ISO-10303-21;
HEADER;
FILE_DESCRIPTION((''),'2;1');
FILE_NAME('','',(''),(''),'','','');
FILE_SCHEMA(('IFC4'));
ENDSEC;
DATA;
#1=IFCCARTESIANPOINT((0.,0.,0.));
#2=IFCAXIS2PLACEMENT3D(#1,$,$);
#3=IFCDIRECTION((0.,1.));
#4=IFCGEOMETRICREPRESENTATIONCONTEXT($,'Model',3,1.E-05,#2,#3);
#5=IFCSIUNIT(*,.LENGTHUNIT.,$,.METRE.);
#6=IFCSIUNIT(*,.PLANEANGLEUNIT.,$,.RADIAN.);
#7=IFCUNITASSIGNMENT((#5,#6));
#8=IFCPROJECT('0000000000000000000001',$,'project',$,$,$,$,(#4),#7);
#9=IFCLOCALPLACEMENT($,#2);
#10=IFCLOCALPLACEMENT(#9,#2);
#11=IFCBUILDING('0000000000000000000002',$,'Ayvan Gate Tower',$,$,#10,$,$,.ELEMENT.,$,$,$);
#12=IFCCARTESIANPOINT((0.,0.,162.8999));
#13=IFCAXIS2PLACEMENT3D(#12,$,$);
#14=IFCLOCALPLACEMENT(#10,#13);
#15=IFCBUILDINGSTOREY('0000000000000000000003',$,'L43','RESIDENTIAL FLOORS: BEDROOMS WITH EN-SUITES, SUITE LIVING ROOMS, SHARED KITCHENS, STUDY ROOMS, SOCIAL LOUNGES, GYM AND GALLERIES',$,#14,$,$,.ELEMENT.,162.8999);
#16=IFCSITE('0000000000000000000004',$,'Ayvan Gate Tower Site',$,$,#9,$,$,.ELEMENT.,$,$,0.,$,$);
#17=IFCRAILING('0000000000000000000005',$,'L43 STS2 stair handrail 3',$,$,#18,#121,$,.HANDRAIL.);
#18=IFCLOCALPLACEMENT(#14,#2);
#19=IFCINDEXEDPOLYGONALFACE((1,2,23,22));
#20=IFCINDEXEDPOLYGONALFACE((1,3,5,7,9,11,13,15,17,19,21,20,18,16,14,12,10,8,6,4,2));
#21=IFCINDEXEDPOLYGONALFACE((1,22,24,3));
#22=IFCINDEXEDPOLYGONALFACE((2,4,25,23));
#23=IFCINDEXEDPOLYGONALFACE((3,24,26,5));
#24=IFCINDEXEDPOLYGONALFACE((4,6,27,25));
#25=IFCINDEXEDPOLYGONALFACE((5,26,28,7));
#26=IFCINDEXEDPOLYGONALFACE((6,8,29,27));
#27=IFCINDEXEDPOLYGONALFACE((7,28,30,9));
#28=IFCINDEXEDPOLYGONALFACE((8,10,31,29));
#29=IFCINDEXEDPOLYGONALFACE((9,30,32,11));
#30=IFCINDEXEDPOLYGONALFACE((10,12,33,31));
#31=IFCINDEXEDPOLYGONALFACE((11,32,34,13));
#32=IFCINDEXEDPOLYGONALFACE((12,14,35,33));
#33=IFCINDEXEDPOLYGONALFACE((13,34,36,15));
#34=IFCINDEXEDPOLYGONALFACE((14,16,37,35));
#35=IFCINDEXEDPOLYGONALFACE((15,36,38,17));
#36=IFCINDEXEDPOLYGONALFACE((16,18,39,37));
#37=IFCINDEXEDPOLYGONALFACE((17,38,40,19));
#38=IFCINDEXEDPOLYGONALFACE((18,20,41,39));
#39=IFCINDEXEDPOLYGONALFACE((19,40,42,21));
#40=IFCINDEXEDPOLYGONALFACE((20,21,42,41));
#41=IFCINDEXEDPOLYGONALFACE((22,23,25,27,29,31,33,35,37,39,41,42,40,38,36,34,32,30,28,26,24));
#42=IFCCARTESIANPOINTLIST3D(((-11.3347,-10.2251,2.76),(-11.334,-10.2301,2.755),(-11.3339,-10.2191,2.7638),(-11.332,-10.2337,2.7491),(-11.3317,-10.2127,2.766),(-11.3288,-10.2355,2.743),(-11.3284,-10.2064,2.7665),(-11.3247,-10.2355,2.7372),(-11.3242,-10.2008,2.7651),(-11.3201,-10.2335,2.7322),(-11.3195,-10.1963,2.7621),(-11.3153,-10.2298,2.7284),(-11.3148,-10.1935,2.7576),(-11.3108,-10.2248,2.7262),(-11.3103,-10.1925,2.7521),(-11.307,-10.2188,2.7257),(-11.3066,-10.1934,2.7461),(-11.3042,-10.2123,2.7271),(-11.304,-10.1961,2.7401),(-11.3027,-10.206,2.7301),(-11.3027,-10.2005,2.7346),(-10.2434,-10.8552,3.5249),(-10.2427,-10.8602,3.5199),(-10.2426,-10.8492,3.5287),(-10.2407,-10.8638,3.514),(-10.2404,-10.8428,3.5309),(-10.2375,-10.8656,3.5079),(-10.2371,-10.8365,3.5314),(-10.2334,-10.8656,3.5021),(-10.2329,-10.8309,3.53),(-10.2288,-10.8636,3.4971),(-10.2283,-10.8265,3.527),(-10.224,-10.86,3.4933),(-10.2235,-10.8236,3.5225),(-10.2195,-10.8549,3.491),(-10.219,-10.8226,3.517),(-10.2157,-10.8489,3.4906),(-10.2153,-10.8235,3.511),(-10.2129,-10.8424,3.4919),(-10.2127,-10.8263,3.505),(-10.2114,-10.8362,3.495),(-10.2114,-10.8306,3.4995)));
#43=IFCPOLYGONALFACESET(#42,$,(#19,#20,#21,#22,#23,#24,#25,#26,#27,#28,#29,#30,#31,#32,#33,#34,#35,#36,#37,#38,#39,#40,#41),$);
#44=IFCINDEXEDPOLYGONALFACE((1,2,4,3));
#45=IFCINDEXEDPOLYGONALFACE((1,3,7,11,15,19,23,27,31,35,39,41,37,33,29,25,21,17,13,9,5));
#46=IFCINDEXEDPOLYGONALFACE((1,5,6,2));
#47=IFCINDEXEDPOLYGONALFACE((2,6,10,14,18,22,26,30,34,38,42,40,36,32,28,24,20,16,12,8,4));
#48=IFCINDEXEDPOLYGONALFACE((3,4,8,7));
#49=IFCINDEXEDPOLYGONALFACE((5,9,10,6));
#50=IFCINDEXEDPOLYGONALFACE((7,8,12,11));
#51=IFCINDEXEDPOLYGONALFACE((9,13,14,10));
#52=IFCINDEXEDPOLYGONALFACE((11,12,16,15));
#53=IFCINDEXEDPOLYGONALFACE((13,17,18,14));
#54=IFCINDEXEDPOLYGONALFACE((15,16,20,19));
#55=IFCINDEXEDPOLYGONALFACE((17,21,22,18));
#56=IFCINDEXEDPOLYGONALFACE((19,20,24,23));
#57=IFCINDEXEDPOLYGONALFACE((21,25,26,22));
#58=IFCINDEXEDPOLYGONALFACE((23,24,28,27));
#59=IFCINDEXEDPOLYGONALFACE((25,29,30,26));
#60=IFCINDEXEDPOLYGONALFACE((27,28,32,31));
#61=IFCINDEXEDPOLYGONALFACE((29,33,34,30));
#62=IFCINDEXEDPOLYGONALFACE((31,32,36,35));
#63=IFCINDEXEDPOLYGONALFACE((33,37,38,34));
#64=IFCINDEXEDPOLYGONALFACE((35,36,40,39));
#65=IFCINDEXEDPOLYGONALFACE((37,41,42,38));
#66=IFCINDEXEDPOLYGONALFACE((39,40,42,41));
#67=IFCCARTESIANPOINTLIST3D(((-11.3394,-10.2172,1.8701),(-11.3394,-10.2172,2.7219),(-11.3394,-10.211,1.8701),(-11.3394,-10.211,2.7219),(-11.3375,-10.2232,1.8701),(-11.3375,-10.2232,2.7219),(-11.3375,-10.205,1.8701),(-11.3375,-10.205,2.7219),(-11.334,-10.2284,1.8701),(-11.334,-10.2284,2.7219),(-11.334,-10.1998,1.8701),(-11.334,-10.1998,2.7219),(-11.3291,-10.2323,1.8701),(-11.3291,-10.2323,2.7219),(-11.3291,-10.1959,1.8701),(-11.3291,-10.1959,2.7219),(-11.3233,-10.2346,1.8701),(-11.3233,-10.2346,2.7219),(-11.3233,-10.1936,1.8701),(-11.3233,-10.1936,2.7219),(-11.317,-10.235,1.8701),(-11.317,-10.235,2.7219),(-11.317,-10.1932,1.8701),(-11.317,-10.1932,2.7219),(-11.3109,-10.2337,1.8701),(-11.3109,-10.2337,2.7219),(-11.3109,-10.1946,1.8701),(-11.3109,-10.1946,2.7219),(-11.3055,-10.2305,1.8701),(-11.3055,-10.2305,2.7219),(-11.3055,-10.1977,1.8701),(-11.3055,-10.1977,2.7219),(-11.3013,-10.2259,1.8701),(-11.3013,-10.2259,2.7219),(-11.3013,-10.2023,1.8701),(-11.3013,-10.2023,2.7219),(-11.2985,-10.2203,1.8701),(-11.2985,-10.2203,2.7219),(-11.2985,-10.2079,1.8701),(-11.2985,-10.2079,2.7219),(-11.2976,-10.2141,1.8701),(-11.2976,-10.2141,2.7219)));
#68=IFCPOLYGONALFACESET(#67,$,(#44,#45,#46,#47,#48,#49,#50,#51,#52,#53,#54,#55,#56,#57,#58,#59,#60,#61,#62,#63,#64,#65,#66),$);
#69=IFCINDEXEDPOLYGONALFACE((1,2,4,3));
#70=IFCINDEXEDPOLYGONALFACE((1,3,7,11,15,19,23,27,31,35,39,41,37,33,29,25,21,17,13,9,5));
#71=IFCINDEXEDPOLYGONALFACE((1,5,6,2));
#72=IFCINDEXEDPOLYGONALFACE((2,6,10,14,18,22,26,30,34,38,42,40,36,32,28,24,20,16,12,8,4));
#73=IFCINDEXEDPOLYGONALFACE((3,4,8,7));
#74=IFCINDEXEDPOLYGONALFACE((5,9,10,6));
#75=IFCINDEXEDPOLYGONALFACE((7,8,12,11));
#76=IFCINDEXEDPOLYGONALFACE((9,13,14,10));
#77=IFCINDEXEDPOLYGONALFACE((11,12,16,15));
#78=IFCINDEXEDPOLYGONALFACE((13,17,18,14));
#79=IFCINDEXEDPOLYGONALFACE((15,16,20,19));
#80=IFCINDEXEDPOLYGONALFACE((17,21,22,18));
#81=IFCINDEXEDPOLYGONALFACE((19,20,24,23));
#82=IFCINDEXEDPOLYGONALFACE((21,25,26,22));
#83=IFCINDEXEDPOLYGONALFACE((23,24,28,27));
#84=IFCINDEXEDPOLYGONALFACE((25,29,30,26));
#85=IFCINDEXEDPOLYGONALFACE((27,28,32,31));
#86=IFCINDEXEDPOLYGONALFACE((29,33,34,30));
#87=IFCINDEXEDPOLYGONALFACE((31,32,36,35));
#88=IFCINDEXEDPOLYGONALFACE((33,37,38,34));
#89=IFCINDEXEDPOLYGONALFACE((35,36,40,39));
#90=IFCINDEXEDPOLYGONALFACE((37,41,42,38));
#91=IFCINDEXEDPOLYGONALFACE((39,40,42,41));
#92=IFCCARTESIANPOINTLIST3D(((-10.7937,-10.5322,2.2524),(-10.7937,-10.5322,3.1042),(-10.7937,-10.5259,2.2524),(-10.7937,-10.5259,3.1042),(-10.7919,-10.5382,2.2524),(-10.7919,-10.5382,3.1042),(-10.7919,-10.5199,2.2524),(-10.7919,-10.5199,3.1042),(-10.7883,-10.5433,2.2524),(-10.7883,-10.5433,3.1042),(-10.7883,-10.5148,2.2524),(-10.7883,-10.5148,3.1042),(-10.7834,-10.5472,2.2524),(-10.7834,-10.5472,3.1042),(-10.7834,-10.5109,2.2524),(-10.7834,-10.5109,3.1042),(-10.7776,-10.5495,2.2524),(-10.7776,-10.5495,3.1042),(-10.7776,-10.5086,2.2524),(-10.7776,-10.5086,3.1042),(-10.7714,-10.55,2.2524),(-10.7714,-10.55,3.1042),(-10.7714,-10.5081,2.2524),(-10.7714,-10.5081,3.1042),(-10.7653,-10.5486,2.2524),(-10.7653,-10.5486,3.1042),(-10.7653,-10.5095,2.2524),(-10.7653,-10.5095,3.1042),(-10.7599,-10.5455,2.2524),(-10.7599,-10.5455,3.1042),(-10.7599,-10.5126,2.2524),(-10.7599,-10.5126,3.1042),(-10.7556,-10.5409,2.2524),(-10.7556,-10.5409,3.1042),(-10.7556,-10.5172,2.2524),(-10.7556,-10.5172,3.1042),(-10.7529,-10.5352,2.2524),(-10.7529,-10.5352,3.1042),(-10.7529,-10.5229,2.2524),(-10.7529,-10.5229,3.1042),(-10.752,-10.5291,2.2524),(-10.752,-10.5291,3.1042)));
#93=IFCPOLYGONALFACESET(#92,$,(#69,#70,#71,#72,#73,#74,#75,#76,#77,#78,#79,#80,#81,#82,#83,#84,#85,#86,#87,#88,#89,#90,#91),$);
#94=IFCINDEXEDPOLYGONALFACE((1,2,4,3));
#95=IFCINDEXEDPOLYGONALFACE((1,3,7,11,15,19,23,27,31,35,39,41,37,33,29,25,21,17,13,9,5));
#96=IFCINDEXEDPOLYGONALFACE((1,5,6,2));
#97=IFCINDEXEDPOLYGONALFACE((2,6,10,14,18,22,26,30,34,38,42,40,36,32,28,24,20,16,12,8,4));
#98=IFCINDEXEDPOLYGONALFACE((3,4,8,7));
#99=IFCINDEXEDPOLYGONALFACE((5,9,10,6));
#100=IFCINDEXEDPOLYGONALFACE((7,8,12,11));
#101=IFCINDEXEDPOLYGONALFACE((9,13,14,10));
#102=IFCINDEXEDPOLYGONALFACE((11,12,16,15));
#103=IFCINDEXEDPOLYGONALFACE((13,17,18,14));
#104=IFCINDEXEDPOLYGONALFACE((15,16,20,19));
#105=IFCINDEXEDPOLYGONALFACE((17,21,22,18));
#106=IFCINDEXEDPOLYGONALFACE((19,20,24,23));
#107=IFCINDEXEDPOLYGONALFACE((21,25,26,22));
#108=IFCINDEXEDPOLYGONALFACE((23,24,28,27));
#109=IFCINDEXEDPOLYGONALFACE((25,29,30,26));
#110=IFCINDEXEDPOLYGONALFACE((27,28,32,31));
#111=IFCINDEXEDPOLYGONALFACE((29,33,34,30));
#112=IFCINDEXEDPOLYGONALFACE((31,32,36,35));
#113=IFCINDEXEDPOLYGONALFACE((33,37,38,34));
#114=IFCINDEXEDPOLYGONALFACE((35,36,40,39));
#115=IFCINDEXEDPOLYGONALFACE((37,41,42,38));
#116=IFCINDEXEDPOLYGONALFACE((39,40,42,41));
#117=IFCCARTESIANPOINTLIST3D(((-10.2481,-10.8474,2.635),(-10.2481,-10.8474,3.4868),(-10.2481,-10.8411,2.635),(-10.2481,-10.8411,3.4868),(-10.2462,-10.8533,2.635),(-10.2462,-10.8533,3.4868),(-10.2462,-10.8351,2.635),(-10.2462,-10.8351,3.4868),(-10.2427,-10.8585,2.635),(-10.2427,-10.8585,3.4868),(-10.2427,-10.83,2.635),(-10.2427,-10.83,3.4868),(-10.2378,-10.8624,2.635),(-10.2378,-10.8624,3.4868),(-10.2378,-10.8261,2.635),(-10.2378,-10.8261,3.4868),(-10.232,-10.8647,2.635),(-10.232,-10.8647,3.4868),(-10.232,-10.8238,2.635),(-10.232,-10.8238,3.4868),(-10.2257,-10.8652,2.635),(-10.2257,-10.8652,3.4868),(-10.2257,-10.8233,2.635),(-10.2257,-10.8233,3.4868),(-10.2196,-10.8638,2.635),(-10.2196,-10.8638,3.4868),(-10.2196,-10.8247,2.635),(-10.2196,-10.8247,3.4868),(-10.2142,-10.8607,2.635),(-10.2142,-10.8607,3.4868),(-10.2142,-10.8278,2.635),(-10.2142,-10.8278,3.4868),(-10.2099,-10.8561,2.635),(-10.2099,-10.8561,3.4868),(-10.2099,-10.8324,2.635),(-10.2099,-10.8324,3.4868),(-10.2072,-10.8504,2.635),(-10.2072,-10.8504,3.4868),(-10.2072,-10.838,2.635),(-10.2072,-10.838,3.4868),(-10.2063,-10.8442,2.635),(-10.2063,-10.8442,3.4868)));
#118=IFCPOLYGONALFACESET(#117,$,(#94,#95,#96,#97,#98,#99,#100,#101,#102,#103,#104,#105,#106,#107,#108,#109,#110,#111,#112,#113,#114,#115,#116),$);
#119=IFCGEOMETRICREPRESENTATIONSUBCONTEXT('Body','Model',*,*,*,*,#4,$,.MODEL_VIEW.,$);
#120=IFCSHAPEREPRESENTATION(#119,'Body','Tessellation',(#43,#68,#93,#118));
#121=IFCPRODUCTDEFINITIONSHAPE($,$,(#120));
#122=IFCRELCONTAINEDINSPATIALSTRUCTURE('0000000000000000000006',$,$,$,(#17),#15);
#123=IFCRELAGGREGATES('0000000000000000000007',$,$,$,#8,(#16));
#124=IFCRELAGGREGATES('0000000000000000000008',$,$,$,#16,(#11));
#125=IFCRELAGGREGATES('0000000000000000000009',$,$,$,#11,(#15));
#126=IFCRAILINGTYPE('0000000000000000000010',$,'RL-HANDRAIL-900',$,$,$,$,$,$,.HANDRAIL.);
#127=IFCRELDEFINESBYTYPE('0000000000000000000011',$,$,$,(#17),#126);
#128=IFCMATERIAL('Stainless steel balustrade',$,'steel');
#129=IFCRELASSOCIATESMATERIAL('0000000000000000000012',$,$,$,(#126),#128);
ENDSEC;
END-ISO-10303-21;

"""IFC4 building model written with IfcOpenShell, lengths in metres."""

from ifc_helpers import new_model, si_unit, direction, frame, origin, origin_2d, place, context, subcontext, project, spatial, circle, extrude, material, type_object, element, save


model = new_model("IFC4")

# Units and contexts
model_context = context("Model", 3, precision=1e-05, world=origin(), true_north=direction((0.0, 1.0)))
body_context = subcontext(model_context, "Body", "Model", "MODEL_VIEW")
ifc_project = project(units=[si_unit("LENGTHUNIT", "METRE"), si_unit("PLANEANGLEUNIT", "RADIAN")], contexts=[model_context])

# Site, building, storey
site_placement = place(None, origin())
site = spatial("IfcSite", under=ifc_project, at=site_placement, Name="Ayvan Gate Tower Site", CompositionType="ELEMENT", RefElevation=0.0)
building_placement = place(site_placement, origin())
building = spatial("IfcBuilding", under=site, at=building_placement, Name="Ayvan Gate Tower", CompositionType="ELEMENT")
storey_placement = place(building_placement, frame((0.0, 0.0, 162.8999)))
storey = spatial("IfcBuildingStorey", under=building, at=storey_placement, Name="L43", Description="RESIDENTIAL FLOORS: BEDROOMS WITH EN-SUITES, SUITE LIVING ROOMS, SHARED KITCHENS, STUDY ROOMS, SOCIAL LOUNGES, GYM AND GALLERIES", CompositionType="ELEMENT", Elevation=162.8999)

# Railing
ifc_material_1 = material(Name="Stainless steel balustrade", Category="steel")
railing_type_1 = type_object("IfcRailingType", Name="RL-HANDRAIL-900", PredefinedType="HANDRAIL", material=ifc_material_1)
railing_1_placement = place(storey_placement, frame((-11.3186, -10.2141, 1.8701)))
element("IfcRailing", 1, at=railing_1_placement, inside=storey, type_object=railing_type_1, Name="L43 STS2 stair handrail 3", PredefinedType="HANDRAIL", context=body_context, shape_type="SweptSolid", body=[
    extrude(circle(Radius=0.0239, at=origin_2d()), frame((0.0, 0.0, 0.876), z_axis=(0.740304, -0.427455, 0.518875), x_axis=(0.500035, 0.866005, 0.0)), (0.0, 0.0, 1.0), 1.4741),
    extrude(circle(Radius=0.021, at=origin_2d()), origin(), (0.0, 0.0, 1.0), 0.8518),
    extrude(circle(Radius=0.021, at=origin_2d()), frame((0.5457, -0.3149, 0.3823)), (0.0, 0.0, 1.0), 0.8518),
    extrude(circle(Radius=0.021, at=origin_2d()), frame((1.0913, -0.6301, 0.7649)), (0.0, 0.0, 1.0), 0.8518),
])

save(model, "model.ifc")
